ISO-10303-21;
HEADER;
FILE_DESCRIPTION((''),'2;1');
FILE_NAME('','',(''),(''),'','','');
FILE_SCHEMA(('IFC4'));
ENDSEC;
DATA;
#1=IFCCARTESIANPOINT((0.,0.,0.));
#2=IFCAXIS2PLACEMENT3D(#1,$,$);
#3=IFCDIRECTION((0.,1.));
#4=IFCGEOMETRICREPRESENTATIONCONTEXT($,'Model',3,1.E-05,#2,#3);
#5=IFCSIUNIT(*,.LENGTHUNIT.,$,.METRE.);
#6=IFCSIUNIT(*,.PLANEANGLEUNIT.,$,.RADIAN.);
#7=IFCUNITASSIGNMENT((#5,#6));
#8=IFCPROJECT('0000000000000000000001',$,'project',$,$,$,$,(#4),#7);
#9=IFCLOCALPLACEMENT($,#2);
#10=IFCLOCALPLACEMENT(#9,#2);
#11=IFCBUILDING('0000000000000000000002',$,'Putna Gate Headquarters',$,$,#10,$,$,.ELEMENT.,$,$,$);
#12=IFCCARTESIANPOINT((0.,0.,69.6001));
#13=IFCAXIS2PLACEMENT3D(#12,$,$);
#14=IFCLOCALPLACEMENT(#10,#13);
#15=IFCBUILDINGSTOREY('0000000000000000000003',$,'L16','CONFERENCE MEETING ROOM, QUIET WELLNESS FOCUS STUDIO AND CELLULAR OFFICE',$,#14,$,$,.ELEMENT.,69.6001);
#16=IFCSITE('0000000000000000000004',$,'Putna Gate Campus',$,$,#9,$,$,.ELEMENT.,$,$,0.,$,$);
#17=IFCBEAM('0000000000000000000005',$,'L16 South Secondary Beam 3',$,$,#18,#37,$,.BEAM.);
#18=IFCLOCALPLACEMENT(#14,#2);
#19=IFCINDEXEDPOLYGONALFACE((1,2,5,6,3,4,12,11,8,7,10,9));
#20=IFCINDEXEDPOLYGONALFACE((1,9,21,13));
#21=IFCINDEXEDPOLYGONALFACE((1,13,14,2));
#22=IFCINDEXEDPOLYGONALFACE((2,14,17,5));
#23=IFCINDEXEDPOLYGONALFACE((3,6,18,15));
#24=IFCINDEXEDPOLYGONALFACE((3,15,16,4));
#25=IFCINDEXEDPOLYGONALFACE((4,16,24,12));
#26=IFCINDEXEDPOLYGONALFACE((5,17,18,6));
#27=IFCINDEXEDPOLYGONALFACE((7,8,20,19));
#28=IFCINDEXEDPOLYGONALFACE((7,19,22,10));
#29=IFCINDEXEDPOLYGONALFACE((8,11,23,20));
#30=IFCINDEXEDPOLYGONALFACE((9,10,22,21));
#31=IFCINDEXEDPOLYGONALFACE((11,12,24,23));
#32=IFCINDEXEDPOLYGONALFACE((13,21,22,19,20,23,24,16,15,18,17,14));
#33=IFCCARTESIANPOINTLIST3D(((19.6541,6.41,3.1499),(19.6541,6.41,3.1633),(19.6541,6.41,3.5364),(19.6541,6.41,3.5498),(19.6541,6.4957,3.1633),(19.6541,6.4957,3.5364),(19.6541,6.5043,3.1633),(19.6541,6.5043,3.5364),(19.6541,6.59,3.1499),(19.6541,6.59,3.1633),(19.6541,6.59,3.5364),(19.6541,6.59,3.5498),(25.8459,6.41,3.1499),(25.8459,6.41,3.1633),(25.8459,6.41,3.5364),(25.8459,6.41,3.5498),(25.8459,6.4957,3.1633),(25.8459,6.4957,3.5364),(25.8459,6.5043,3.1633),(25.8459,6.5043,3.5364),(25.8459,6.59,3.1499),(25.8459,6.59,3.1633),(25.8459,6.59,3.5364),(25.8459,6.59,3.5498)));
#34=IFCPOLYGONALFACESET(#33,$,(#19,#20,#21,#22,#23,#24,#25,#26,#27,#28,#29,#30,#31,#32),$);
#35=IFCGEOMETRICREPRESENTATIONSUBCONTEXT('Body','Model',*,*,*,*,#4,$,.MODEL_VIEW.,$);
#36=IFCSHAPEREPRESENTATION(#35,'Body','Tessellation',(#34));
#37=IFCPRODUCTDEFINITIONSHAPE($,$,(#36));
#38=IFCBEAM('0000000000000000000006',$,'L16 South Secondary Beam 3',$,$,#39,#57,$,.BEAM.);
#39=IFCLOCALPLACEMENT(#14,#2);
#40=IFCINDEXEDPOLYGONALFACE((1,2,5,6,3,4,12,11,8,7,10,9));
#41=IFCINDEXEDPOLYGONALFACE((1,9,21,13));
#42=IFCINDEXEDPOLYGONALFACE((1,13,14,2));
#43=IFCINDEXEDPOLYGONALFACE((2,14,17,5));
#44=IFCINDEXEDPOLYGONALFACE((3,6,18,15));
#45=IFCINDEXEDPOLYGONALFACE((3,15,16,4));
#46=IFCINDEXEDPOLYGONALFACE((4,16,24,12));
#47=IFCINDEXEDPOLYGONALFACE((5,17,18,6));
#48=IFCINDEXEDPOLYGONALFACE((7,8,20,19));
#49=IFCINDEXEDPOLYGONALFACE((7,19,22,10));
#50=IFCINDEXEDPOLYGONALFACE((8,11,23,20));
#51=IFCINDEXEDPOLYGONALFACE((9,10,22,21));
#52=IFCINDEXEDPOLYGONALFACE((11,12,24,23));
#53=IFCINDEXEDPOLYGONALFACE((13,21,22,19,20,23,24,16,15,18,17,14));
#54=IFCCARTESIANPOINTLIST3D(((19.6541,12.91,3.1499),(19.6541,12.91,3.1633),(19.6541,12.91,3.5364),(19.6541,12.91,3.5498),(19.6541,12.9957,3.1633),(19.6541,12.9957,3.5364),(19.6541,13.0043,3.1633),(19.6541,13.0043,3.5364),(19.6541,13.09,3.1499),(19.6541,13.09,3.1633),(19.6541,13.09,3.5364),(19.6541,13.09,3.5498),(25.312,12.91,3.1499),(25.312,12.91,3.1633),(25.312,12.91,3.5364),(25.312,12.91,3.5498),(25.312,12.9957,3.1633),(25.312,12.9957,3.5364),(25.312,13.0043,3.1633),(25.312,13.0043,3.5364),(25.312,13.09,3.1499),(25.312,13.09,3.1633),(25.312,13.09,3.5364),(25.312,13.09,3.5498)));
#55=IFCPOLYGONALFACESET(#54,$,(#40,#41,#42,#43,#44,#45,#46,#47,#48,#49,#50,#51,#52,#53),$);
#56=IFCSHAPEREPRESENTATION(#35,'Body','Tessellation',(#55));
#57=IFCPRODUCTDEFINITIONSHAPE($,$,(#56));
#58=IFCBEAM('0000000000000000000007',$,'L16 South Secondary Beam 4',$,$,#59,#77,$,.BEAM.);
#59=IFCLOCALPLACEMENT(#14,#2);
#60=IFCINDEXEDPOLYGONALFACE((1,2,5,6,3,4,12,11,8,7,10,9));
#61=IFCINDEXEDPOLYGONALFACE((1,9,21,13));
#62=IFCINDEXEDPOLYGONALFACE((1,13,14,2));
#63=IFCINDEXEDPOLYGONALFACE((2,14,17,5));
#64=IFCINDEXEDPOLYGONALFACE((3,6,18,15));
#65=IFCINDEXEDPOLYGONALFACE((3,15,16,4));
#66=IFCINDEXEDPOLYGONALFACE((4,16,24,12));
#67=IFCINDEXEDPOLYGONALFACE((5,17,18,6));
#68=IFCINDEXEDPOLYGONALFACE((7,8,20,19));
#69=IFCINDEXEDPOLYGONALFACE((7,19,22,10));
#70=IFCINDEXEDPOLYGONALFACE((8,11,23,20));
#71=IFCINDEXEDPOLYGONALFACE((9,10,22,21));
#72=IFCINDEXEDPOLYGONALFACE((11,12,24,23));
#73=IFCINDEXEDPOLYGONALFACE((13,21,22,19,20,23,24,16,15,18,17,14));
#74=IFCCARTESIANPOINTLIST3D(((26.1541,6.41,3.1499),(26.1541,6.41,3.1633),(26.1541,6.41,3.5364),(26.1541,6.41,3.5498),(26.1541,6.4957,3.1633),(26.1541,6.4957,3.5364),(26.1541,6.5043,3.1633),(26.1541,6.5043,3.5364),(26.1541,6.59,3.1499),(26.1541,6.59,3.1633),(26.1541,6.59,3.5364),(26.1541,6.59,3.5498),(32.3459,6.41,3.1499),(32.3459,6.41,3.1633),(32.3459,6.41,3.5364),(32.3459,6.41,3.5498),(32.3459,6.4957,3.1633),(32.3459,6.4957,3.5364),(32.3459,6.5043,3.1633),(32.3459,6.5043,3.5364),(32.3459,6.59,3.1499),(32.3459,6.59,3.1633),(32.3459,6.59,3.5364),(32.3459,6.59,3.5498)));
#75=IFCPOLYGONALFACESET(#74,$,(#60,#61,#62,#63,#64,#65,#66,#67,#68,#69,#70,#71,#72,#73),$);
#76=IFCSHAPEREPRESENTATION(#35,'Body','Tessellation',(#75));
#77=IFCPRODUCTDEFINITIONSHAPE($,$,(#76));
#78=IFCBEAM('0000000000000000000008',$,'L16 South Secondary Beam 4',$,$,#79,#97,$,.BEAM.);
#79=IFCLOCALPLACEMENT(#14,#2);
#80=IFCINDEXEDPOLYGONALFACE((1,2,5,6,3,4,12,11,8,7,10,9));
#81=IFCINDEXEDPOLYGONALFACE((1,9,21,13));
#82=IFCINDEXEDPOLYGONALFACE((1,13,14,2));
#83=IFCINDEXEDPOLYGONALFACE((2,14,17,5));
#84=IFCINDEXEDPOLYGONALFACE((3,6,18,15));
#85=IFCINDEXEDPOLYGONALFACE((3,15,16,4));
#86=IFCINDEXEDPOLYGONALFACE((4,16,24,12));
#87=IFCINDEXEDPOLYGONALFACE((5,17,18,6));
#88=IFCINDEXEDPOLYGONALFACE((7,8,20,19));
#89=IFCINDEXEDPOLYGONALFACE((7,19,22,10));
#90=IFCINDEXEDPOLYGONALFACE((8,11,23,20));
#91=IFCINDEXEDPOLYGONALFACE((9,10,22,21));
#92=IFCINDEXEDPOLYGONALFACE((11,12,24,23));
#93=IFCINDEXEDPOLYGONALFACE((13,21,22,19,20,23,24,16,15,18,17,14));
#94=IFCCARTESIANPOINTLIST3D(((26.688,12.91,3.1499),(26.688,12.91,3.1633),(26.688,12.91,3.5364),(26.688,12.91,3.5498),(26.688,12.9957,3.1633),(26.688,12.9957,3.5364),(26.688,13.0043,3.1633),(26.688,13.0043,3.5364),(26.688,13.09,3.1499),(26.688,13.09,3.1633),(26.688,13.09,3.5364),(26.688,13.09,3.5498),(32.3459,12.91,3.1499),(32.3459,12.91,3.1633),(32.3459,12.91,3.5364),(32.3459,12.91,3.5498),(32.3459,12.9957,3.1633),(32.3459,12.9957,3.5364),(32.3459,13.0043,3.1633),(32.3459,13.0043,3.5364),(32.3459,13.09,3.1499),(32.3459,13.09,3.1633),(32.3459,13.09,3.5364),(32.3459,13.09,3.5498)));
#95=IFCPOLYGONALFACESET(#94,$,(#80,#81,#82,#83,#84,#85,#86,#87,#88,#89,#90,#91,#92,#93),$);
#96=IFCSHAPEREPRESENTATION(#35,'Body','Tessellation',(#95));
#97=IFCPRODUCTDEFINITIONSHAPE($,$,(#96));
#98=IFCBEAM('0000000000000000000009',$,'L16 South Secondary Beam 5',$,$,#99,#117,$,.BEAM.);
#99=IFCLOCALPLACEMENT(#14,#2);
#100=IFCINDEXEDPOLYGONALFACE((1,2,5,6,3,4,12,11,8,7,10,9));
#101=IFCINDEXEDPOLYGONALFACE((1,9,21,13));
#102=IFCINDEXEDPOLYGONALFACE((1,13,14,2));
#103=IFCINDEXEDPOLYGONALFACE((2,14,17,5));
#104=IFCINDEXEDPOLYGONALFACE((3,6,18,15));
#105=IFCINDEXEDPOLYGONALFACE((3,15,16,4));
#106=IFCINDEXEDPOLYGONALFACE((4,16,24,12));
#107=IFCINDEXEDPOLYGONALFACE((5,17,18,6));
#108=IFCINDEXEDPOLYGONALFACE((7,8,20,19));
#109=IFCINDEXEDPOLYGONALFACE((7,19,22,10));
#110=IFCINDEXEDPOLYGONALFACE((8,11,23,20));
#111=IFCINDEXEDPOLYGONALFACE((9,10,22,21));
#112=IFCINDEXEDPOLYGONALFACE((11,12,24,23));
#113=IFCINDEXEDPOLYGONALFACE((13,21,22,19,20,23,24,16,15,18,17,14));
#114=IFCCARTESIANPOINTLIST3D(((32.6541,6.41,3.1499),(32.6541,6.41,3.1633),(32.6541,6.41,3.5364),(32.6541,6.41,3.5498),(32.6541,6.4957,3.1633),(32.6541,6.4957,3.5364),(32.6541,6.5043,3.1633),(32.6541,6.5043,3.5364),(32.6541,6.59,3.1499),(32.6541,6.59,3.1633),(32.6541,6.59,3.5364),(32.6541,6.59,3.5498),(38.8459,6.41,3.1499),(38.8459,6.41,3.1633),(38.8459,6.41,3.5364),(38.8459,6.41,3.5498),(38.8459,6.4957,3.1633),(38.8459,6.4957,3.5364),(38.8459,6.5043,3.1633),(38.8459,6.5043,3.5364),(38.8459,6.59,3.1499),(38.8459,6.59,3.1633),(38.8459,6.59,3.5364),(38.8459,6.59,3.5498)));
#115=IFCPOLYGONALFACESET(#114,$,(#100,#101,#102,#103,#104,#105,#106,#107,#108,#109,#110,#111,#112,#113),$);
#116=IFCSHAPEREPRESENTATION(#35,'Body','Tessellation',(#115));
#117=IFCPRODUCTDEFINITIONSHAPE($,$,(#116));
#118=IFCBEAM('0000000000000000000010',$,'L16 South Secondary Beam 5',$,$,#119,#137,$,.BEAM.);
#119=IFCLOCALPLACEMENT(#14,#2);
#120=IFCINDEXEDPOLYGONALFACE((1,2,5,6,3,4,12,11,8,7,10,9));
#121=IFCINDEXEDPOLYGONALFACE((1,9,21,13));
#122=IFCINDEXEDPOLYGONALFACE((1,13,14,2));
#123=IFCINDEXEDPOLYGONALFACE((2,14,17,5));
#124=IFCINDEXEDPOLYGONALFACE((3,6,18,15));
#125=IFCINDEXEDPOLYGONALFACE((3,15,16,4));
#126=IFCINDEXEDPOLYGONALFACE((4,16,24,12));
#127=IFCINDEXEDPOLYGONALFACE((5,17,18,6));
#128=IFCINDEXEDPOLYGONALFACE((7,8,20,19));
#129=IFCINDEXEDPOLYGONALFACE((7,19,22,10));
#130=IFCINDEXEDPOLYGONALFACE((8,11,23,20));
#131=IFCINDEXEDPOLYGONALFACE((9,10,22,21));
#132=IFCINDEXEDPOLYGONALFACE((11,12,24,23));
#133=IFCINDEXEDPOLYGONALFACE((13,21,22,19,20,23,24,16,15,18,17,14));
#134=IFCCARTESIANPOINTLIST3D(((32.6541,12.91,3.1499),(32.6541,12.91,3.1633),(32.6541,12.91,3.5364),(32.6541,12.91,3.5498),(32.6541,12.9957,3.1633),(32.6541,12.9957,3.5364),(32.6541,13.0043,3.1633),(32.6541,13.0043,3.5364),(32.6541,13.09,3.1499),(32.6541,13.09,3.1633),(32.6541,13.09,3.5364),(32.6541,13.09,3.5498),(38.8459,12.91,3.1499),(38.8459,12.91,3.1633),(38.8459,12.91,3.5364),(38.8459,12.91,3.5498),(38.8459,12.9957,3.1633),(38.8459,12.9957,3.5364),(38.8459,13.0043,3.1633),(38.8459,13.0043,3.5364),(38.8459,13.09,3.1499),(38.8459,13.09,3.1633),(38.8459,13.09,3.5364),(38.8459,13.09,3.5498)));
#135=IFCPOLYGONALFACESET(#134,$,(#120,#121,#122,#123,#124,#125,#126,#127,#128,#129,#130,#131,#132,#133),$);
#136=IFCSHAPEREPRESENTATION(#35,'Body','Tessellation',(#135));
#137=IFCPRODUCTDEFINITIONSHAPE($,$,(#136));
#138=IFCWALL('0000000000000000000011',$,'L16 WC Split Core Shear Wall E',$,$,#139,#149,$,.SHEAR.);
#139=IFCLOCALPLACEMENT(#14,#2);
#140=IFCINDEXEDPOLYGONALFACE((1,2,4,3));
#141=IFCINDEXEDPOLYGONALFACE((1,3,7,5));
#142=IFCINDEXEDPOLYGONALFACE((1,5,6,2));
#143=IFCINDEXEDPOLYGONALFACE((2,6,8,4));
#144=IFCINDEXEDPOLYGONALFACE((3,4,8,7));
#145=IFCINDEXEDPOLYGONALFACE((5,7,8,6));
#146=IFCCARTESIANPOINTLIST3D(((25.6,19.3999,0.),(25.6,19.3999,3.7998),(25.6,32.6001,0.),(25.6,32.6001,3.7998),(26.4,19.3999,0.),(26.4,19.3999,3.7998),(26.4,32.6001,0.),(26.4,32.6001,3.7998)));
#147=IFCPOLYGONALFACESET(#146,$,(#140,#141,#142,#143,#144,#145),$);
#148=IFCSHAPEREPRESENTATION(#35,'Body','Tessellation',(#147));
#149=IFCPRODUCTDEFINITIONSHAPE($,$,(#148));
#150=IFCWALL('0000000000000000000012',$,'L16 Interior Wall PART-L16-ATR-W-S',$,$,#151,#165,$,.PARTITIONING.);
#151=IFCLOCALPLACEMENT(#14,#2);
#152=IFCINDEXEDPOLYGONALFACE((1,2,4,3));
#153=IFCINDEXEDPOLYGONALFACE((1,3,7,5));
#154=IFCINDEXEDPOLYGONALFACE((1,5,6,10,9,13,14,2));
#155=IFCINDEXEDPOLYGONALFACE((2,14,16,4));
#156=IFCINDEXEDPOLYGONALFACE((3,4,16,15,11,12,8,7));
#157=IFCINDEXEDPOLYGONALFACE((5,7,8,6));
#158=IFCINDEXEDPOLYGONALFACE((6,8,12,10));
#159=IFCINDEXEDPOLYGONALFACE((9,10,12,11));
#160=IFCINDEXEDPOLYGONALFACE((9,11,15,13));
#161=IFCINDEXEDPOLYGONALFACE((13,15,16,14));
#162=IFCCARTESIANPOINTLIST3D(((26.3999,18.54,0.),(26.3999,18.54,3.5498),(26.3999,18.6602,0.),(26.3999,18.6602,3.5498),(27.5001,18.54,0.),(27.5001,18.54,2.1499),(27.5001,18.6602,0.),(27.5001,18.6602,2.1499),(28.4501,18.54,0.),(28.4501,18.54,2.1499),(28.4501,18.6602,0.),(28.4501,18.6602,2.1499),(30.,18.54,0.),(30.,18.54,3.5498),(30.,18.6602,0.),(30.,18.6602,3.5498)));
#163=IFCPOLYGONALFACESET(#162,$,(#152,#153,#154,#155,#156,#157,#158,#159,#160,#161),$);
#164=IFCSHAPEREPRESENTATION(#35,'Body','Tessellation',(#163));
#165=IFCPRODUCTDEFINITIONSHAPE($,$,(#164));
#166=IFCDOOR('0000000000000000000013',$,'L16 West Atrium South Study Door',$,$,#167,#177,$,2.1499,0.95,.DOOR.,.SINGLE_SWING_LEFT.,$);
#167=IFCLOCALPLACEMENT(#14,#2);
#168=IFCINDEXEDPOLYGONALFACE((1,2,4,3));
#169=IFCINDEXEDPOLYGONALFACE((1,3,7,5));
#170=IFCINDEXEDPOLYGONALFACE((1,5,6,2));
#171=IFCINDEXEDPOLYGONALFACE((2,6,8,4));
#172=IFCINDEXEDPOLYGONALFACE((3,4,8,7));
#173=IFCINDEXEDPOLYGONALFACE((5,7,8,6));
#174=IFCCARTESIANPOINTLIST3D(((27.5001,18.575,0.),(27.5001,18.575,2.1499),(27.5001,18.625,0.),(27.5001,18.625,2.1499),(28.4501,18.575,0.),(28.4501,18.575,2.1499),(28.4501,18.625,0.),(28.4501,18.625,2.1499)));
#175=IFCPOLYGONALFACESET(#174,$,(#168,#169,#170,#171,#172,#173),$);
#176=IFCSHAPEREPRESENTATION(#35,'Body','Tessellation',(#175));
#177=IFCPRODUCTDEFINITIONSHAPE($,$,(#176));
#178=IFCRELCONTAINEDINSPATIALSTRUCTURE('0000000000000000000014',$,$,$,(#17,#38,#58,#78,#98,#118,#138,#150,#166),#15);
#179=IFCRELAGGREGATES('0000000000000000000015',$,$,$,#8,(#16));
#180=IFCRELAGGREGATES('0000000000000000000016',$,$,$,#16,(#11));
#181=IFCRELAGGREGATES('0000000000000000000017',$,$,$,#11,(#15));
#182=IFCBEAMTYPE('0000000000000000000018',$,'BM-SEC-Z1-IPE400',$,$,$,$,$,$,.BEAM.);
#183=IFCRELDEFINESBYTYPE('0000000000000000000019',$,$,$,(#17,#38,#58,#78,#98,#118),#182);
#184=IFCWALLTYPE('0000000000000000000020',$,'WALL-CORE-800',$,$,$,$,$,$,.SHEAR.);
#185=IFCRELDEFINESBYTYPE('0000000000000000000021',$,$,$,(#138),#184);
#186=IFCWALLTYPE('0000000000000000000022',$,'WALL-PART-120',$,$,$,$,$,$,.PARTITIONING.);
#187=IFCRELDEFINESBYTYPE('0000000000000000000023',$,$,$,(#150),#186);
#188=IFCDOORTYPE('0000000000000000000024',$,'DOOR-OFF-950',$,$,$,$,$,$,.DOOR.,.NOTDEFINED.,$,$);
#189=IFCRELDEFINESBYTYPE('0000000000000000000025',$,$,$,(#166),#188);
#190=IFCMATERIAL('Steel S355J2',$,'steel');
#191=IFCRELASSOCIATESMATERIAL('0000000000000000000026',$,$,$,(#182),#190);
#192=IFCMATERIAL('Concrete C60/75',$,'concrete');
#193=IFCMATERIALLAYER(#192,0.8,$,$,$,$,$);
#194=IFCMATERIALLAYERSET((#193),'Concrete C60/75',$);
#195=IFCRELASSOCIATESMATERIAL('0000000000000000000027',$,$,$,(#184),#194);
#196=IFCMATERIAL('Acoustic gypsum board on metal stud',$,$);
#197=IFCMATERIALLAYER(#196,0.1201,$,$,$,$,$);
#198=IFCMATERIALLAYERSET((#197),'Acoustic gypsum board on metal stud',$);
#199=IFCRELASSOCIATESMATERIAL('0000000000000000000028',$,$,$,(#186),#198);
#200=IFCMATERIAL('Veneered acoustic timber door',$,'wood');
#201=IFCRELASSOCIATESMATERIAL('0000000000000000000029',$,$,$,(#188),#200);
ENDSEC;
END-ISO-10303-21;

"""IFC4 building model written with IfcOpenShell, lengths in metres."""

from ifc_helpers import new_model, si_unit, direction, frame, frame_2d, origin, origin_2d, place, context, subcontext, project, spatial, rectangle, i_section, extrude, material, layer, layer_set, material_profile, profile_set, type_object, element, fill, save


model = new_model("IFC4")

# Units and contexts
model_context = context("Model", 3, precision=1e-05, world=origin(), true_north=direction((0.0, 1.0)))
body_context = subcontext(model_context, "Body", "Model", "MODEL_VIEW")
ifc_project = project(units=[si_unit("LENGTHUNIT", "METRE"), si_unit("PLANEANGLEUNIT", "RADIAN")], contexts=[model_context])

# Site, building, storey
site_placement = place(None, origin())
site = spatial("IfcSite", under=ifc_project, at=site_placement, Name="Putna Gate Campus", CompositionType="ELEMENT", RefElevation=0.0)
building_placement = place(site_placement, origin())
building = spatial("IfcBuilding", under=site, at=building_placement, Name="Putna Gate Headquarters", CompositionType="ELEMENT")
storey_placement = place(building_placement, frame((0.0, 0.0, 69.6001)))
storey = spatial("IfcBuildingStorey", under=building, at=storey_placement, Name="L16", Description="CONFERENCE MEETING ROOM, QUIET WELLNESS FOCUS STUDIO AND CELLULAR OFFICE", CompositionType="ELEMENT", Elevation=69.6001)

# Shared definitions
ifc_material_1 = material(Name="Concrete C60/75", Category="concrete")

# Beams
ifc_material_2 = material(Name="Steel S355J2", Category="steel")
ifc_material_profile_1 = material_profile(ifc_material_2, i_section(OverallWidth=0.1799, OverallDepth=0.3999, WebThickness=0.0085, FlangeThickness=0.0134, at=origin_2d()), Name="Steel S355J2")
ifc_profile_set_1 = profile_set([ifc_material_profile_1], Name="Steel S355J2")
beam_type_1 = type_object("IfcBeamType", Name="BM-SEC-Z1-IPE400", PredefinedType="BEAM", material=ifc_profile_set_1)
beam_1_placement = place(storey_placement, frame((19.6541, 6.5, 3.3499), z_axis=(1.0, 0.0, 0.0), x_axis=(0.0, 1.0, 0.0)))
element("IfcBeam", 1, at=beam_1_placement, inside=storey, type_object=beam_type_1, Name="L16 South Secondary Beam 3", PredefinedType="BEAM", context=body_context, shape_type="SweptSolid", body=[
    extrude(i_section(OverallWidth=0.1799, OverallDepth=0.3999, WebThickness=0.0085, FlangeThickness=0.0134, at=origin_2d()), origin(), (0.0, 0.0, 1.0), 6.1919),
])
beam_2_placement = place(storey_placement, frame((19.6541, 13.0, 3.3499), z_axis=(1.0, 0.0, 0.0), x_axis=(0.0, 1.0, 0.0)))
element("IfcBeam", 2, at=beam_2_placement, inside=storey, type_object=beam_type_1, Name="L16 South Secondary Beam 3", PredefinedType="BEAM", context=body_context, shape_type="SweptSolid", body=[
    extrude(i_section(OverallWidth=0.1799, OverallDepth=0.3999, WebThickness=0.0085, FlangeThickness=0.0134, at=origin_2d()), origin(), (0.0, 0.0, 1.0), 5.658),
])
beam_3_placement = place(storey_placement, frame((26.1541, 6.5, 3.3499), z_axis=(1.0, 0.0, 0.0), x_axis=(0.0, 1.0, 0.0)))
element("IfcBeam", 3, at=beam_3_placement, inside=storey, type_object=beam_type_1, Name="L16 South Secondary Beam 4", PredefinedType="BEAM", context=body_context, shape_type="SweptSolid", body=[
    extrude(i_section(OverallWidth=0.1799, OverallDepth=0.3999, WebThickness=0.0085, FlangeThickness=0.0134, at=origin_2d()), origin(), (0.0, 0.0, 1.0), 6.1919),
])
beam_4_placement = place(storey_placement, frame((26.688, 13.0, 3.3499), z_axis=(1.0, 0.0, 0.0), x_axis=(0.0, 1.0, 0.0)))
element("IfcBeam", 4, at=beam_4_placement, inside=storey, type_object=beam_type_1, Name="L16 South Secondary Beam 4", PredefinedType="BEAM", context=body_context, shape_type="SweptSolid", body=[
    extrude(i_section(OverallWidth=0.1799, OverallDepth=0.3999, WebThickness=0.0085, FlangeThickness=0.0134, at=origin_2d()), origin(), (0.0, 0.0, 1.0), 5.658),
])
for number, where, z_axis, x_axis, name in (
    (5, (32.6541, 6.5, 3.3499), (1.0, 0.0, 0.0), (0.0, 1.0, 0.0), "L16 South Secondary Beam 5"),
    (6, (32.6541, 13.0, 3.3499), (1.0, 0.0, 0.0), (0.0, 1.0, 0.0), "L16 South Secondary Beam 5"),
):
    element("IfcBeam", number, at=place(storey_placement, frame(where, z_axis=z_axis, x_axis=x_axis)), inside=storey, type_object=beam_type_1, Name=name, PredefinedType="BEAM", context=body_context, shape_type="SweptSolid", body=[
        extrude(i_section(OverallWidth=0.1799, OverallDepth=0.3999, WebThickness=0.0085, FlangeThickness=0.0134, at=origin_2d()), origin(), (0.0, 0.0, 1.0), 6.1919),
    ])

# Wall
ifc_layer_1 = layer(ifc_material_1, 0.8)
ifc_layer_set_1 = layer_set([ifc_layer_1], Name="Concrete C60/75")
wall_type_1 = type_object("IfcWallType", Name="WALL-CORE-800", PredefinedType="SHEAR", material=ifc_layer_set_1)
wall_1_placement = place(storey_placement, frame((26.0, 19.3999, 0.0), z_axis=(0.0, 0.0, 1.0), x_axis=(0.0, 1.0, 0.0)))
element("IfcWall", 7, at=wall_1_placement, inside=storey, type_object=wall_type_1, Name="L16 WC Split Core Shear Wall E", PredefinedType="SHEAR", context=body_context, shape_type="SweptSolid", body=[
    extrude(rectangle(XDim=13.2002, YDim=0.8, at=frame_2d((6.6001, 0.0))), origin(), (0.0, 0.0, 1.0), 3.7998),
])

# Wall, opening, door
ifc_material_3 = material(Name="Acoustic gypsum board on metal stud")
ifc_layer_2 = layer(ifc_material_3, 0.1201)
ifc_layer_set_2 = layer_set([ifc_layer_2], Name="Acoustic gypsum board on metal stud")
wall_type_2 = type_object("IfcWallType", Name="WALL-PART-120", PredefinedType="PARTITIONING", material=ifc_layer_set_2)
wall_2_placement = place(storey_placement, frame((26.3999, 18.6001, 0.0), z_axis=(0.0, 0.0, 1.0), x_axis=(1.0, 0.0, 0.0)))
wall_2 = element("IfcWall", 8, at=wall_2_placement, inside=storey, type_object=wall_type_2, Name="L16 Interior Wall PART-L16-ATR-W-S", PredefinedType="PARTITIONING", context=body_context, shape_type="SweptSolid", body=[
    extrude(rectangle(XDim=3.6001, YDim=0.1201, at=frame_2d((1.8, 0.0))), origin(), (0.0, 0.0, 1.0), 3.5498),
])
opening_1_placement = place(wall_2_placement, frame((1.1001, 0.0, 0.0)))
opening_1 = element("IfcOpeningElement", 9, at=opening_1_placement, cuts=wall_2, PredefinedType="OPENING", context=body_context, shape_type="SweptSolid", body=[
    extrude(rectangle(XDim=0.95, YDim=2.1499, at=frame_2d((0.4751, 1.075))), frame((0.0, 0.0701, 0.0), z_axis=(0.0, -1.0, 0.0), x_axis=(1.0, 0.0, 0.0)), (0.0, 0.0, 1.0), 0.1401),
])
ifc_material_4 = material(Name="Veneered acoustic timber door", Category="wood")
door_type_1 = type_object("IfcDoorType", Name="DOOR-OFF-950", OperationType="NOTDEFINED", PredefinedType="DOOR", material=ifc_material_4)
door_1_placement = place(opening_1_placement, origin())
door_1 = element("IfcDoor", 10, at=door_1_placement, inside=storey, type_object=door_type_1, Name="L16 West Atrium South Study Door", OperationType="SINGLE_SWING_LEFT", OverallHeight=2.1499, OverallWidth=0.95, PredefinedType="DOOR", context=body_context, shape_type="SweptSolid", body=[
    extrude(rectangle(XDim=0.95, YDim=2.1499, at=frame_2d((0.4751, 1.075))), frame((0.0, 0.0249, 0.0), z_axis=(0.0, -1.0, 0.0), x_axis=(1.0, 0.0, 0.0)), (0.0, 0.0, 1.0), 0.05),
])
fill(opening_1, door_1)

save(model, "model.ifc")
